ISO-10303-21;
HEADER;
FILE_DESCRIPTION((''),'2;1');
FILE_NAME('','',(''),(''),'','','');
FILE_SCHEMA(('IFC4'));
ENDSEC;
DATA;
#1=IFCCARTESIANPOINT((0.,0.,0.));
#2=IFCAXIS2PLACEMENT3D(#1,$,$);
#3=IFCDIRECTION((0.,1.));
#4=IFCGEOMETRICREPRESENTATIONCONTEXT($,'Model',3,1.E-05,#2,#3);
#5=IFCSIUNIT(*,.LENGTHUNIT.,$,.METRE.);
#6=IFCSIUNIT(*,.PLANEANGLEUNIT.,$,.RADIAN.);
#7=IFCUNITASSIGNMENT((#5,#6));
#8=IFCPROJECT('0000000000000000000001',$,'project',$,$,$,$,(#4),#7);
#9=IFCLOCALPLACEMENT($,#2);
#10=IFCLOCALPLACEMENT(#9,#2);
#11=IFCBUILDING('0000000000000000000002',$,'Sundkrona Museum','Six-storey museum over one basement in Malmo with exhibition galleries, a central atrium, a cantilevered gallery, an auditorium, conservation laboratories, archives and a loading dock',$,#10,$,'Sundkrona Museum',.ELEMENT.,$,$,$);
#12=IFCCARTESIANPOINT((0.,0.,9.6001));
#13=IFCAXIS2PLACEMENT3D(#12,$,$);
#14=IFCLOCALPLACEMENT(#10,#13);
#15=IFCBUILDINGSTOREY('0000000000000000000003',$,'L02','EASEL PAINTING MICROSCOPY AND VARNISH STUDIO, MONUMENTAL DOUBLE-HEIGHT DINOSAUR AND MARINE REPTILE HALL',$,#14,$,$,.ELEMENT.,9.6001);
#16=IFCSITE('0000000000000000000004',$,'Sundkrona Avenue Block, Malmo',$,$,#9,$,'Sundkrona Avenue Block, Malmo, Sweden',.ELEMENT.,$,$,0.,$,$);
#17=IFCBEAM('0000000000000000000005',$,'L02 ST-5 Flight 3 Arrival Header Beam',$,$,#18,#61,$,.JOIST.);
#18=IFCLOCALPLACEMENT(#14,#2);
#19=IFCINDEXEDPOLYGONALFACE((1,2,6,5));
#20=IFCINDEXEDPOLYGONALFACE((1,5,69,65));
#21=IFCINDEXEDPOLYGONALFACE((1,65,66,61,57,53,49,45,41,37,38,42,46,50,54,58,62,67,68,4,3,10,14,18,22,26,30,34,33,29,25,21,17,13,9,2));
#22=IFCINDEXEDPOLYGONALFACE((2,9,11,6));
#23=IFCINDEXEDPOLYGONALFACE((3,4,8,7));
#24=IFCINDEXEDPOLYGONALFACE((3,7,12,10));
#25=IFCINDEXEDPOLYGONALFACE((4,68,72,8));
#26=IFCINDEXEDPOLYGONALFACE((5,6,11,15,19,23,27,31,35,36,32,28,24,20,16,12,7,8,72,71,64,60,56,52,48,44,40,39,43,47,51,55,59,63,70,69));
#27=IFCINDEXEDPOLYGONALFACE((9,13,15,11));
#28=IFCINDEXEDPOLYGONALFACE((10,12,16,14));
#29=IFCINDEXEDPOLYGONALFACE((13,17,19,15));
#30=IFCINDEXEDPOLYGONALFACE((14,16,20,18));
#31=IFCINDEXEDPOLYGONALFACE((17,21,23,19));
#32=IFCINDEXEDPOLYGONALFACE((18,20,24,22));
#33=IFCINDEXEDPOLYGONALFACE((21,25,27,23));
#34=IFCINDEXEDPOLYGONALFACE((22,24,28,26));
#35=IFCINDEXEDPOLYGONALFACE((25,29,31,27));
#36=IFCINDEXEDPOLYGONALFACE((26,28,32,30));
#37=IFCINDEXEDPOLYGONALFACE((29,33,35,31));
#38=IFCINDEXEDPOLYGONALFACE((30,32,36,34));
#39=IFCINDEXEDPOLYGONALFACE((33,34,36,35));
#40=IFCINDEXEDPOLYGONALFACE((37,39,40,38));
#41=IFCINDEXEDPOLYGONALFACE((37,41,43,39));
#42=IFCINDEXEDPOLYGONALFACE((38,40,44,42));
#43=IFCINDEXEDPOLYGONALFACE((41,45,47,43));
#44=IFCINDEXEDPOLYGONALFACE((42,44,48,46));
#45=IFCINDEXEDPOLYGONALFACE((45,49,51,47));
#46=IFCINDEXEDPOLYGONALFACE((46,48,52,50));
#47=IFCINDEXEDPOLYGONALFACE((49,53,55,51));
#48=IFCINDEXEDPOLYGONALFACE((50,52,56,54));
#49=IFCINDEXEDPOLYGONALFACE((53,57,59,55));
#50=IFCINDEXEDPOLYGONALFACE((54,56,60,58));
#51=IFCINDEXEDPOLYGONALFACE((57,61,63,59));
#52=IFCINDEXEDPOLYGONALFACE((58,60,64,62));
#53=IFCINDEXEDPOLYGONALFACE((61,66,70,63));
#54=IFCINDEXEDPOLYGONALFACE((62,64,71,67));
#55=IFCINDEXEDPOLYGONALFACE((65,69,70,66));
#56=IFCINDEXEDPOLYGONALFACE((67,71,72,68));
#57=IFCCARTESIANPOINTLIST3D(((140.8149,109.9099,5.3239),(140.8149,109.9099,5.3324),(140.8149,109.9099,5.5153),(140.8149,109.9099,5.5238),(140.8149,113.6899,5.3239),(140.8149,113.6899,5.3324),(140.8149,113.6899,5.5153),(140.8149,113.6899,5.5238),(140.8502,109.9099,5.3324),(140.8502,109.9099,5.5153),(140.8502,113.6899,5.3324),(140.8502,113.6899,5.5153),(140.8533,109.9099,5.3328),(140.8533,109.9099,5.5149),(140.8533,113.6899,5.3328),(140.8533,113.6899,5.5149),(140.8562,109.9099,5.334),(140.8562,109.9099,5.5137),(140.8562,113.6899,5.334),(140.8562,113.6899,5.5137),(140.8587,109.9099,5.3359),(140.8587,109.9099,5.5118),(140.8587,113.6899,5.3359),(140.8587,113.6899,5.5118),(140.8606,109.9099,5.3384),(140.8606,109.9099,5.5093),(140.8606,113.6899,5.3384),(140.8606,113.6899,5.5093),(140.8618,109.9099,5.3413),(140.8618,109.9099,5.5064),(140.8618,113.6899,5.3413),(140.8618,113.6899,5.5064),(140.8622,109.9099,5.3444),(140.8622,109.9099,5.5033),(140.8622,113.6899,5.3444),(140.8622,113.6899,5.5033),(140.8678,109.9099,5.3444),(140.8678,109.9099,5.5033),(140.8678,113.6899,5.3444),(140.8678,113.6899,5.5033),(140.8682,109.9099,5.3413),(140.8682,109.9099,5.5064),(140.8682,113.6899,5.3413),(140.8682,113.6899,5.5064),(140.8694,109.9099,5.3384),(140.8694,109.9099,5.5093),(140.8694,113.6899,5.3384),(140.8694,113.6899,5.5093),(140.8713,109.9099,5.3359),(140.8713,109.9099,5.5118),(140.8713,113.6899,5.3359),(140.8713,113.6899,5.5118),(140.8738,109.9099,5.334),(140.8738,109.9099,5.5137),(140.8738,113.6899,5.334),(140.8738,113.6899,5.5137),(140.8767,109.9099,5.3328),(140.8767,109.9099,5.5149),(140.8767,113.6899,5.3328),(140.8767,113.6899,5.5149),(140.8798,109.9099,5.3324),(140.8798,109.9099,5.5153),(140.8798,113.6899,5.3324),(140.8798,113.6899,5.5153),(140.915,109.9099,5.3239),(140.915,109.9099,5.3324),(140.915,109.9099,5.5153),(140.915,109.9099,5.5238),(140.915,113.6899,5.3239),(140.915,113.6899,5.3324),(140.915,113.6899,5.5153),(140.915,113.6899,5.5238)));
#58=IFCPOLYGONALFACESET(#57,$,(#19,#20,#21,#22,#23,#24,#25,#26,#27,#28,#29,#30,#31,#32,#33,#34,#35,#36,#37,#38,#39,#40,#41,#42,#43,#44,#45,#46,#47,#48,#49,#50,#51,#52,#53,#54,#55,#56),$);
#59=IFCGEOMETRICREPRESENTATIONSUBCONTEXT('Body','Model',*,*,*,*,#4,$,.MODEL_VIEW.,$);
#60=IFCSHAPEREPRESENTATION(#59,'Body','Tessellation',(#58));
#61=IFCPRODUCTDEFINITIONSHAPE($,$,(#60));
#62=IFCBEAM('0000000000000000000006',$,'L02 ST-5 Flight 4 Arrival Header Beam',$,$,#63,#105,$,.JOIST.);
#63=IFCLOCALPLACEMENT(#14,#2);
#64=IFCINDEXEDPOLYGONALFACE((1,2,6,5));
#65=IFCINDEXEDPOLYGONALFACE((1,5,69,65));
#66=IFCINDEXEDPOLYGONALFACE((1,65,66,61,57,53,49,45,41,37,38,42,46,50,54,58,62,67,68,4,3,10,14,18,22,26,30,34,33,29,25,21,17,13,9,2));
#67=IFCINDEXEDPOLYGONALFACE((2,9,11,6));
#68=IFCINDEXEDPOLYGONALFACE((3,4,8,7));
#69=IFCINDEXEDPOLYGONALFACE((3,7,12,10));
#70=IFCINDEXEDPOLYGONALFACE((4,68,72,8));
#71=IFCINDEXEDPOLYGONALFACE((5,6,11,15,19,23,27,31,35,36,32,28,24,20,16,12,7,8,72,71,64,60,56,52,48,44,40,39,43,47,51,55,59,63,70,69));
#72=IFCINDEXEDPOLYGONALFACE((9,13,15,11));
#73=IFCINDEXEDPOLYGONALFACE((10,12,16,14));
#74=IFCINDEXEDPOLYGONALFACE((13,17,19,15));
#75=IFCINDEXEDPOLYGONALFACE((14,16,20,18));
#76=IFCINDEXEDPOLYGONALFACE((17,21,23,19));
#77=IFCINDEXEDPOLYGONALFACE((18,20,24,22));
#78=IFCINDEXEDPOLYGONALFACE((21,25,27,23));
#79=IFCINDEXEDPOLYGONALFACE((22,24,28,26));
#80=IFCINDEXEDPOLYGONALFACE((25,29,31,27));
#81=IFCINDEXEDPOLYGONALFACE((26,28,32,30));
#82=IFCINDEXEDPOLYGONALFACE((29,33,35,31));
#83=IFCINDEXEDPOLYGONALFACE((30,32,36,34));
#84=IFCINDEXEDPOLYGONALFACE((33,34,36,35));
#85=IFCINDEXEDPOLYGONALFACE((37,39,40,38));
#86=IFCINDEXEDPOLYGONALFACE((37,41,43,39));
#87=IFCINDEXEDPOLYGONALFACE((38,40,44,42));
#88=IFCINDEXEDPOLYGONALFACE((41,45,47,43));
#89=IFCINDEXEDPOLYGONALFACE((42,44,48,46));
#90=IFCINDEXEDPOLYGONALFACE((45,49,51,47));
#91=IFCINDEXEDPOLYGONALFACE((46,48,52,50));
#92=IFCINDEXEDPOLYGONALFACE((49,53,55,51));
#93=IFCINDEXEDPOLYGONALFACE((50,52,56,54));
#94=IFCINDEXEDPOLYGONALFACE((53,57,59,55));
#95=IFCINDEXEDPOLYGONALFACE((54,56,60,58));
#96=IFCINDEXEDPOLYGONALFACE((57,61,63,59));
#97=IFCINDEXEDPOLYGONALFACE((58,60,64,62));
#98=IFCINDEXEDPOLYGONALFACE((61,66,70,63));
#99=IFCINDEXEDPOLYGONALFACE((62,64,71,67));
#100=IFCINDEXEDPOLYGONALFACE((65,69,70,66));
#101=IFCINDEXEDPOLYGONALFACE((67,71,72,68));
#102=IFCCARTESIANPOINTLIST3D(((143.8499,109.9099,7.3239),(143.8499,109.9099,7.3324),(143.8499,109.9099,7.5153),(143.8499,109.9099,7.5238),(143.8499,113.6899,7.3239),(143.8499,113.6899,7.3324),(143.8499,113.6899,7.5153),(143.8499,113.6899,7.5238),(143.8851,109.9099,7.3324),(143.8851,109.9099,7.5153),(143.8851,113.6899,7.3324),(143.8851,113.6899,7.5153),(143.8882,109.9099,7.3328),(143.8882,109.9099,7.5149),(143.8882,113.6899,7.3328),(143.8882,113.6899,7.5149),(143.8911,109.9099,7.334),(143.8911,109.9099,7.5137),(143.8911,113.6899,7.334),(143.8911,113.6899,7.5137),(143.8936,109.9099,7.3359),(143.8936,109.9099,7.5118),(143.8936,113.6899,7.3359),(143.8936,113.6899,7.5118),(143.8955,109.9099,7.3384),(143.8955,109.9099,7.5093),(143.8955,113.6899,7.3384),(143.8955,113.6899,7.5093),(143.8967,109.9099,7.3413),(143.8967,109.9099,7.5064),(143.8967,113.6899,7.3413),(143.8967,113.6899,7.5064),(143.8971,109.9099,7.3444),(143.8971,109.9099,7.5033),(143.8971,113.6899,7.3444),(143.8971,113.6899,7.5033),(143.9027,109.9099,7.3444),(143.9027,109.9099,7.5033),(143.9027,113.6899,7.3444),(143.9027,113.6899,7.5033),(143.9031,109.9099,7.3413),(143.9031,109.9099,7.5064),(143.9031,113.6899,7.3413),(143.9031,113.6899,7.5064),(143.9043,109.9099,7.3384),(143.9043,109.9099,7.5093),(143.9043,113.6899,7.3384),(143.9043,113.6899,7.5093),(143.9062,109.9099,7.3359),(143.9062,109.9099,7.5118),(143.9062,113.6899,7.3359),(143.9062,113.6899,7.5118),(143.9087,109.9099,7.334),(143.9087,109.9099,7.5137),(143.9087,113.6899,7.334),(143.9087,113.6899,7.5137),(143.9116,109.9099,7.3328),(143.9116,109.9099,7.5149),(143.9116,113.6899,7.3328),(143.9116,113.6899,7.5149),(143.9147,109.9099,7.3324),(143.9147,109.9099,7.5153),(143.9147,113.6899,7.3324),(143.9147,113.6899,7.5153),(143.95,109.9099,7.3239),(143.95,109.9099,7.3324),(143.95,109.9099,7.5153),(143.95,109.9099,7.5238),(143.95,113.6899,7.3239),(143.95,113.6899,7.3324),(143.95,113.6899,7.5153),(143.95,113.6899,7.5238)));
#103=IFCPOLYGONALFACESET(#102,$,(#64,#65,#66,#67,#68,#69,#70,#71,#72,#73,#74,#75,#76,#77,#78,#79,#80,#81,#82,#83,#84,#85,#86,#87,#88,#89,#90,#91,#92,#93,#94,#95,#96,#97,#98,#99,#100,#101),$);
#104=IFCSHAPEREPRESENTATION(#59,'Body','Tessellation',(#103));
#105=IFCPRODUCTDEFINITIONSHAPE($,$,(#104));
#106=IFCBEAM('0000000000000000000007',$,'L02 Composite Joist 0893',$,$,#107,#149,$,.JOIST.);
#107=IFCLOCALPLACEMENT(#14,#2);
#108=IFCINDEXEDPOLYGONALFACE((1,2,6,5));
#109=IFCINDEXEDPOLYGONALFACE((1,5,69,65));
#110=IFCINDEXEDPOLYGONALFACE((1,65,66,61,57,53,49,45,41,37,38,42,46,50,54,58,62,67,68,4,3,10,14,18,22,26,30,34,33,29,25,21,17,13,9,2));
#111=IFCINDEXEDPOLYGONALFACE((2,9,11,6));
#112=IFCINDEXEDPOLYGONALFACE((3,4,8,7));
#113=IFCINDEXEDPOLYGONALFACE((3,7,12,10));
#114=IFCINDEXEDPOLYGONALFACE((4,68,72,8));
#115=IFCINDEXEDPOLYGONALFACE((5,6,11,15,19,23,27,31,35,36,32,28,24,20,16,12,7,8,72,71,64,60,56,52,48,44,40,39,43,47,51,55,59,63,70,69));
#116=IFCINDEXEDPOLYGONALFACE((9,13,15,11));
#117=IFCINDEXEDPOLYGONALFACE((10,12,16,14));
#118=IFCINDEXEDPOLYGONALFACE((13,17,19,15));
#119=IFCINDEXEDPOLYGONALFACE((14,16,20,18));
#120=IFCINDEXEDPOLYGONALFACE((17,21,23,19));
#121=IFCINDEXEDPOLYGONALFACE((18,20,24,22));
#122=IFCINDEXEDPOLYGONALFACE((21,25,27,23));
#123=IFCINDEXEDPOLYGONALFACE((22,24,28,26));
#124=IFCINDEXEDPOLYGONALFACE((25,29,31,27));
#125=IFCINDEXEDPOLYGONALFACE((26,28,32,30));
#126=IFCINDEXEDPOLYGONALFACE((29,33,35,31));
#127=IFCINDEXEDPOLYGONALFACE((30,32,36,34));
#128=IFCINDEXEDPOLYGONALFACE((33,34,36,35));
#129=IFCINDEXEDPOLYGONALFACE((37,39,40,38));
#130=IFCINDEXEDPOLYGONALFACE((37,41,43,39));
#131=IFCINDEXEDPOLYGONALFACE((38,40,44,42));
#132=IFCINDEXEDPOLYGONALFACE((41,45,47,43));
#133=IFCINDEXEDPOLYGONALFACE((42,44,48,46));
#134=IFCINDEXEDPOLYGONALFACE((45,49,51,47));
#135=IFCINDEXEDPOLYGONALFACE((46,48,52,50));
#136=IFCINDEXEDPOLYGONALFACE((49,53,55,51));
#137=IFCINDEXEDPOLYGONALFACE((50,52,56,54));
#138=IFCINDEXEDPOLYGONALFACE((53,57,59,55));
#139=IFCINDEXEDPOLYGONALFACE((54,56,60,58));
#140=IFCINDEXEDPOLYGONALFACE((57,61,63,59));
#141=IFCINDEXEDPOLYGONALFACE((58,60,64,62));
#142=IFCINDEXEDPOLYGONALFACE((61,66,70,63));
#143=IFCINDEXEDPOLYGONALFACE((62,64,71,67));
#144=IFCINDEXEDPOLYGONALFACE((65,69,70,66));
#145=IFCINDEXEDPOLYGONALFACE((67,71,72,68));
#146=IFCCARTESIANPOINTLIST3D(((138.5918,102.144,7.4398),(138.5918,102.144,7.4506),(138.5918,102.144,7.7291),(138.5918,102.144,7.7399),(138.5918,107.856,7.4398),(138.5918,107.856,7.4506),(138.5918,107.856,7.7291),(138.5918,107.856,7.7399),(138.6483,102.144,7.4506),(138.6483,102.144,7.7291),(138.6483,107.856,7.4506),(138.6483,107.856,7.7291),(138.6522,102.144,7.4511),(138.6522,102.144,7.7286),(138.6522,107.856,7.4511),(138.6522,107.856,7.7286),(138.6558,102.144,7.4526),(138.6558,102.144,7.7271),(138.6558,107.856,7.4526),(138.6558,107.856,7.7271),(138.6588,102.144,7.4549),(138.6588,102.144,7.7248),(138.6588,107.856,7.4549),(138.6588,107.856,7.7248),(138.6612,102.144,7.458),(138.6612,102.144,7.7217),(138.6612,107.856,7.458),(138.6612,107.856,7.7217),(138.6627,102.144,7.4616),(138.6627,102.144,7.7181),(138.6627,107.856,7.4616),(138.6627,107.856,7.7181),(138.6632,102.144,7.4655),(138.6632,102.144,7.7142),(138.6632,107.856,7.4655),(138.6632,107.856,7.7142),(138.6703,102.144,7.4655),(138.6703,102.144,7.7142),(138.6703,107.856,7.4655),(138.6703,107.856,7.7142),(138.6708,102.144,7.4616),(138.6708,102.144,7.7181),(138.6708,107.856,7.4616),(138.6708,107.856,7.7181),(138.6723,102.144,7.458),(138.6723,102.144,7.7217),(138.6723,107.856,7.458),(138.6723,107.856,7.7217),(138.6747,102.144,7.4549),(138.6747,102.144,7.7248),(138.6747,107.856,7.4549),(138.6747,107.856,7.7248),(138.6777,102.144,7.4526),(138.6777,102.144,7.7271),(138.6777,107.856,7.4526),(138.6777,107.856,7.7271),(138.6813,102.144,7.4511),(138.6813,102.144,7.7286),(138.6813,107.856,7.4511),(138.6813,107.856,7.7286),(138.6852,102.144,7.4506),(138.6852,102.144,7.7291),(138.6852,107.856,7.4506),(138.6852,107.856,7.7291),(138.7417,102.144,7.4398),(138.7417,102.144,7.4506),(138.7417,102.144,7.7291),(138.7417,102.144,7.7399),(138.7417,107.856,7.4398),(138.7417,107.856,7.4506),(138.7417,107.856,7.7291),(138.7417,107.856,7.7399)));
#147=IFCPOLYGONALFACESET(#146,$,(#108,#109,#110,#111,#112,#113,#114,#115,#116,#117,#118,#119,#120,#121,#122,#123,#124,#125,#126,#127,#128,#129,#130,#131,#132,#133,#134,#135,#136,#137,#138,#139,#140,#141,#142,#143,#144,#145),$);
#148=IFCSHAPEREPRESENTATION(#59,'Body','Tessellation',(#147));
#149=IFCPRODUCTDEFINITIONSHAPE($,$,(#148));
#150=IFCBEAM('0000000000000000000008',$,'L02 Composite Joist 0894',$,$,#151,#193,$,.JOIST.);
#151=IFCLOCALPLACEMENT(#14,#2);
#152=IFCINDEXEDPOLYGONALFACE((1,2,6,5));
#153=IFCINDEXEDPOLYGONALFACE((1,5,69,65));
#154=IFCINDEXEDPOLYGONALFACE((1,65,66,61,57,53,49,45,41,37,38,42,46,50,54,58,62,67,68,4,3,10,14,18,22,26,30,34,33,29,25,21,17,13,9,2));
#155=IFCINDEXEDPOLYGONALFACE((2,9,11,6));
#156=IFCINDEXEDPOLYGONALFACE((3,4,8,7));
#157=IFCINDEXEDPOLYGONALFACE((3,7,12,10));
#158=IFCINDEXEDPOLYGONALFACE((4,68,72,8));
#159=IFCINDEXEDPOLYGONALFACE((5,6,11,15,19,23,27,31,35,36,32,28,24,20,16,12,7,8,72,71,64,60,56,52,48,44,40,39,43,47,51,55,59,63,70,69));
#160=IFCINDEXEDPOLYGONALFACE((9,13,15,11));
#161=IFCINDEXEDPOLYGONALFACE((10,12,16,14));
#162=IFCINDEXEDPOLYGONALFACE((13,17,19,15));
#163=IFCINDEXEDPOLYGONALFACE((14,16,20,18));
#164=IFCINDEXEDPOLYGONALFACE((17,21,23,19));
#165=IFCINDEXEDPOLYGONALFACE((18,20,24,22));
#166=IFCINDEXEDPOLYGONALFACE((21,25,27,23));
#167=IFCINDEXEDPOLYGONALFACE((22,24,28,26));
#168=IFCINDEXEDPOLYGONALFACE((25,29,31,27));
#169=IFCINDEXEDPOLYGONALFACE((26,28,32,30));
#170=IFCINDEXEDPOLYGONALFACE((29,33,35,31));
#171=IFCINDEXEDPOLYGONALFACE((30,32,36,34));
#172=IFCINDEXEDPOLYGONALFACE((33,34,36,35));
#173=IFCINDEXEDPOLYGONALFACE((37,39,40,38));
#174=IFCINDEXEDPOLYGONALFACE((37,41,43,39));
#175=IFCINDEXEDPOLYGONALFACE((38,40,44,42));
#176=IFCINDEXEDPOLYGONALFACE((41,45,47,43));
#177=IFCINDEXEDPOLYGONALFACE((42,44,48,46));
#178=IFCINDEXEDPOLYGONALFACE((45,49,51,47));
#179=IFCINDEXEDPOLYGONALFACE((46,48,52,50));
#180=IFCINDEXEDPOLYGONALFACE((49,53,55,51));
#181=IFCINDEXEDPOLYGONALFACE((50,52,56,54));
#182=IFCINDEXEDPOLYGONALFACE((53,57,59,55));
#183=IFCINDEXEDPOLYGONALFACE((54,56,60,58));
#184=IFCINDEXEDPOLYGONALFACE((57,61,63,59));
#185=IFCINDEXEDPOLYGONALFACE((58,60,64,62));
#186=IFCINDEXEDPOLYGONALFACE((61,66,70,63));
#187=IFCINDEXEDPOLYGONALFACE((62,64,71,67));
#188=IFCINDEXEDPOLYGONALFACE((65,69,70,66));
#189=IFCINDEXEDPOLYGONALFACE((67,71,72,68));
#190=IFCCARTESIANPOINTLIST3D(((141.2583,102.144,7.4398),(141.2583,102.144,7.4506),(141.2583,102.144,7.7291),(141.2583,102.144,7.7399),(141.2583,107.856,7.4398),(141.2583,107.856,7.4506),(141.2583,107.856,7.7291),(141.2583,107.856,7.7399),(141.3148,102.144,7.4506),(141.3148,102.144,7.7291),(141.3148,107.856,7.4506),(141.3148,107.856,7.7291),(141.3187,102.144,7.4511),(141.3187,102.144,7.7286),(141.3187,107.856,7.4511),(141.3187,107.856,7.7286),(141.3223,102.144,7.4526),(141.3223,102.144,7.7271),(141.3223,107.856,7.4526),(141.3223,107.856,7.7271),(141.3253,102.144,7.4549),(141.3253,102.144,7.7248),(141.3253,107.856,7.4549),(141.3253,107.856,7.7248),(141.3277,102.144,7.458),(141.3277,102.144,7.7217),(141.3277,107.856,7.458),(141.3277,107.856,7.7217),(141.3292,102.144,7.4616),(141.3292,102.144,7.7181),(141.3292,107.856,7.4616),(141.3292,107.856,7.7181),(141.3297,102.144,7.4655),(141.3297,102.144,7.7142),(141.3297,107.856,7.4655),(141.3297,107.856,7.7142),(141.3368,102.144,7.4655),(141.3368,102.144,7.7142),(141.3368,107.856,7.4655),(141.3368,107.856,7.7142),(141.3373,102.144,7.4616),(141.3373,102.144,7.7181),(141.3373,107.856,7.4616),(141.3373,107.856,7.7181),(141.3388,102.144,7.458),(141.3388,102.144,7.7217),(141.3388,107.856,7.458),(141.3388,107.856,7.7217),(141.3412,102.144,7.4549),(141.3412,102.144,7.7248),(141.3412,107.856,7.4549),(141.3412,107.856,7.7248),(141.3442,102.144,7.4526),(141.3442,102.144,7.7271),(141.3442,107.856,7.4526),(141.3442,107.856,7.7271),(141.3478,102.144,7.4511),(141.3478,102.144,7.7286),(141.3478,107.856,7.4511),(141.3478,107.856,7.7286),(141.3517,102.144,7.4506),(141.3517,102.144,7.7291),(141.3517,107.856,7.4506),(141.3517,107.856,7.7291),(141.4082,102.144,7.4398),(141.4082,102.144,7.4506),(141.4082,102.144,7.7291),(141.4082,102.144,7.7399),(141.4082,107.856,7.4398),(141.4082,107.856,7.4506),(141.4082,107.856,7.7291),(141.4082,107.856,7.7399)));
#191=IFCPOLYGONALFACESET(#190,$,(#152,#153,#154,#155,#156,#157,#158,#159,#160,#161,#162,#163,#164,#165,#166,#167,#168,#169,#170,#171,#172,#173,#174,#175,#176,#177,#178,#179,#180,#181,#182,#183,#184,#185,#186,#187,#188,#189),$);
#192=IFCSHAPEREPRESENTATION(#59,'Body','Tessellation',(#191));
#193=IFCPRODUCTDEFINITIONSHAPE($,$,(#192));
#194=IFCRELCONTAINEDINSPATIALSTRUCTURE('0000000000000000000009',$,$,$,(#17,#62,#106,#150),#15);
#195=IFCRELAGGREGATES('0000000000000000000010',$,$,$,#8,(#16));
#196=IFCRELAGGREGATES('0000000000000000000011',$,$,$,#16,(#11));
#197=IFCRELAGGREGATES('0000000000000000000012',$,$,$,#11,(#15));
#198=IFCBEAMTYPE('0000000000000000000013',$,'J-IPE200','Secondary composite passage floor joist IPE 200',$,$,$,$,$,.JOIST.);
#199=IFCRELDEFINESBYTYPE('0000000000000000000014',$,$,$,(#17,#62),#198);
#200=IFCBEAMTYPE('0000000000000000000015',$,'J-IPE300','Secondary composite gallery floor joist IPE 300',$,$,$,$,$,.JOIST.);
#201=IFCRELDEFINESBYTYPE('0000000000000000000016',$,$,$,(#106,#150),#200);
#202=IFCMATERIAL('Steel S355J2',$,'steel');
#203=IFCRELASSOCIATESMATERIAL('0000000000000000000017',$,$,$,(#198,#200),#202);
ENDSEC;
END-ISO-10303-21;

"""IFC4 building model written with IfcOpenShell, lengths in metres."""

from ifc_helpers import new_model, si_unit, direction, frame, origin, origin_2d, place, context, subcontext, project, spatial, i_section, extrude, material, material_profile, profile_set, type_object, element, save


model = new_model("IFC4")

# Units and contexts
model_context = context("Model", 3, precision=1e-05, world=origin(), true_north=direction((0.0, 1.0)))
body_context = subcontext(model_context, "Body", "Model", "MODEL_VIEW")
ifc_project = project(units=[si_unit("LENGTHUNIT", "METRE"), si_unit("PLANEANGLEUNIT", "RADIAN")], contexts=[model_context])

# Site, building, storey
site_placement = place(None, origin())
site = spatial("IfcSite", under=ifc_project, at=site_placement, Name="Sundkrona Avenue Block, Malmo", LongName="Sundkrona Avenue Block, Malmo, Sweden", CompositionType="ELEMENT", RefElevation=0.0)
building_placement = place(site_placement, origin())
building = spatial("IfcBuilding", under=site, at=building_placement, Name="Sundkrona Museum", Description="Six-storey museum over one basement in Malmo with exhibition galleries, a central atrium, a cantilevered gallery, an auditorium, conservation laboratories, archives and a loading dock", LongName="Sundkrona Museum", CompositionType="ELEMENT")
storey_placement = place(building_placement, frame((0.0, 0.0, 9.6001)))
storey = spatial("IfcBuildingStorey", under=building, at=storey_placement, Name="L02", Description="EASEL PAINTING MICROSCOPY AND VARNISH STUDIO, MONUMENTAL DOUBLE-HEIGHT DINOSAUR AND MARINE REPTILE HALL", CompositionType="ELEMENT", Elevation=9.6001)

# Shared definitions
ifc_material_1 = material(Name="Steel S355J2", Category="steel")

# Beams
ifc_material_profile_1 = material_profile(ifc_material_1, i_section(OverallWidth=0.1001, OverallDepth=0.2, WebThickness=0.0056, FlangeThickness=0.0085, FilletRadius=0.012, at=origin_2d()), Name="IPE 200")
ifc_profile_set_1 = profile_set([ifc_material_profile_1], Name="Steel S355J2")
beam_type_1 = type_object("IfcBeamType", Name="J-IPE200", Description="Secondary composite passage floor joist IPE 200", PredefinedType="JOIST", material=ifc_profile_set_1)
for number, where, z_axis, x_axis, name in (
    (1, (140.865, 109.9099, 5.4238), (0.0, 1.0, 0.0), (-1.0, 0.0, 0.0), "L02 ST-5 Flight 3 Arrival Header Beam"),
    (2, (143.8999, 109.9099, 7.4238), (0.0, 1.0, 0.0), (-1.0, 0.0, 0.0), "L02 ST-5 Flight 4 Arrival Header Beam"),
):
    element("IfcBeam", number, at=place(storey_placement, frame(where, z_axis=z_axis, x_axis=x_axis)), inside=storey, type_object=beam_type_1, Name=name, PredefinedType="JOIST", context=body_context, shape_type="SweptSolid", body=[
        extrude(i_section(OverallWidth=0.1001, OverallDepth=0.2, WebThickness=0.0056, FlangeThickness=0.0085, FilletRadius=0.012, at=origin_2d()), origin(), (0.0, 0.0, 1.0), 3.78),
    ])
ifc_material_profile_2 = material_profile(ifc_material_1, i_section(OverallWidth=0.1499, OverallDepth=0.3, WebThickness=0.0071, FlangeThickness=0.0107, FilletRadius=0.0149, at=origin_2d()), Name="IPE 300")
ifc_profile_set_2 = profile_set([ifc_material_profile_2], Name="Steel S355J2")
beam_type_2 = type_object("IfcBeamType", Name="J-IPE300", Description="Secondary composite gallery floor joist IPE 300", PredefinedType="JOIST", material=ifc_profile_set_2)
for number, where, z_axis, x_axis, name in (
    (3, (138.6667, 102.144, 7.5898), (0.0, 1.0, 0.0), (-1.0, 0.0, 0.0), "L02 Composite Joist 0893"),
    (4, (141.3333, 102.144, 7.5898), (0.0, 1.0, 0.0), (-1.0, 0.0, 0.0), "L02 Composite Joist 0894"),
):
    element("IfcBeam", number, at=place(storey_placement, frame(where, z_axis=z_axis, x_axis=x_axis)), inside=storey, type_object=beam_type_2, Name=name, PredefinedType="JOIST", context=body_context, shape_type="SweptSolid", body=[
        extrude(i_section(OverallWidth=0.1499, OverallDepth=0.3, WebThickness=0.0071, FlangeThickness=0.0107, FilletRadius=0.0149, at=origin_2d()), origin(), (0.0, 0.0, 1.0), 5.7119),
    ])

save(model, "model.ifc")
